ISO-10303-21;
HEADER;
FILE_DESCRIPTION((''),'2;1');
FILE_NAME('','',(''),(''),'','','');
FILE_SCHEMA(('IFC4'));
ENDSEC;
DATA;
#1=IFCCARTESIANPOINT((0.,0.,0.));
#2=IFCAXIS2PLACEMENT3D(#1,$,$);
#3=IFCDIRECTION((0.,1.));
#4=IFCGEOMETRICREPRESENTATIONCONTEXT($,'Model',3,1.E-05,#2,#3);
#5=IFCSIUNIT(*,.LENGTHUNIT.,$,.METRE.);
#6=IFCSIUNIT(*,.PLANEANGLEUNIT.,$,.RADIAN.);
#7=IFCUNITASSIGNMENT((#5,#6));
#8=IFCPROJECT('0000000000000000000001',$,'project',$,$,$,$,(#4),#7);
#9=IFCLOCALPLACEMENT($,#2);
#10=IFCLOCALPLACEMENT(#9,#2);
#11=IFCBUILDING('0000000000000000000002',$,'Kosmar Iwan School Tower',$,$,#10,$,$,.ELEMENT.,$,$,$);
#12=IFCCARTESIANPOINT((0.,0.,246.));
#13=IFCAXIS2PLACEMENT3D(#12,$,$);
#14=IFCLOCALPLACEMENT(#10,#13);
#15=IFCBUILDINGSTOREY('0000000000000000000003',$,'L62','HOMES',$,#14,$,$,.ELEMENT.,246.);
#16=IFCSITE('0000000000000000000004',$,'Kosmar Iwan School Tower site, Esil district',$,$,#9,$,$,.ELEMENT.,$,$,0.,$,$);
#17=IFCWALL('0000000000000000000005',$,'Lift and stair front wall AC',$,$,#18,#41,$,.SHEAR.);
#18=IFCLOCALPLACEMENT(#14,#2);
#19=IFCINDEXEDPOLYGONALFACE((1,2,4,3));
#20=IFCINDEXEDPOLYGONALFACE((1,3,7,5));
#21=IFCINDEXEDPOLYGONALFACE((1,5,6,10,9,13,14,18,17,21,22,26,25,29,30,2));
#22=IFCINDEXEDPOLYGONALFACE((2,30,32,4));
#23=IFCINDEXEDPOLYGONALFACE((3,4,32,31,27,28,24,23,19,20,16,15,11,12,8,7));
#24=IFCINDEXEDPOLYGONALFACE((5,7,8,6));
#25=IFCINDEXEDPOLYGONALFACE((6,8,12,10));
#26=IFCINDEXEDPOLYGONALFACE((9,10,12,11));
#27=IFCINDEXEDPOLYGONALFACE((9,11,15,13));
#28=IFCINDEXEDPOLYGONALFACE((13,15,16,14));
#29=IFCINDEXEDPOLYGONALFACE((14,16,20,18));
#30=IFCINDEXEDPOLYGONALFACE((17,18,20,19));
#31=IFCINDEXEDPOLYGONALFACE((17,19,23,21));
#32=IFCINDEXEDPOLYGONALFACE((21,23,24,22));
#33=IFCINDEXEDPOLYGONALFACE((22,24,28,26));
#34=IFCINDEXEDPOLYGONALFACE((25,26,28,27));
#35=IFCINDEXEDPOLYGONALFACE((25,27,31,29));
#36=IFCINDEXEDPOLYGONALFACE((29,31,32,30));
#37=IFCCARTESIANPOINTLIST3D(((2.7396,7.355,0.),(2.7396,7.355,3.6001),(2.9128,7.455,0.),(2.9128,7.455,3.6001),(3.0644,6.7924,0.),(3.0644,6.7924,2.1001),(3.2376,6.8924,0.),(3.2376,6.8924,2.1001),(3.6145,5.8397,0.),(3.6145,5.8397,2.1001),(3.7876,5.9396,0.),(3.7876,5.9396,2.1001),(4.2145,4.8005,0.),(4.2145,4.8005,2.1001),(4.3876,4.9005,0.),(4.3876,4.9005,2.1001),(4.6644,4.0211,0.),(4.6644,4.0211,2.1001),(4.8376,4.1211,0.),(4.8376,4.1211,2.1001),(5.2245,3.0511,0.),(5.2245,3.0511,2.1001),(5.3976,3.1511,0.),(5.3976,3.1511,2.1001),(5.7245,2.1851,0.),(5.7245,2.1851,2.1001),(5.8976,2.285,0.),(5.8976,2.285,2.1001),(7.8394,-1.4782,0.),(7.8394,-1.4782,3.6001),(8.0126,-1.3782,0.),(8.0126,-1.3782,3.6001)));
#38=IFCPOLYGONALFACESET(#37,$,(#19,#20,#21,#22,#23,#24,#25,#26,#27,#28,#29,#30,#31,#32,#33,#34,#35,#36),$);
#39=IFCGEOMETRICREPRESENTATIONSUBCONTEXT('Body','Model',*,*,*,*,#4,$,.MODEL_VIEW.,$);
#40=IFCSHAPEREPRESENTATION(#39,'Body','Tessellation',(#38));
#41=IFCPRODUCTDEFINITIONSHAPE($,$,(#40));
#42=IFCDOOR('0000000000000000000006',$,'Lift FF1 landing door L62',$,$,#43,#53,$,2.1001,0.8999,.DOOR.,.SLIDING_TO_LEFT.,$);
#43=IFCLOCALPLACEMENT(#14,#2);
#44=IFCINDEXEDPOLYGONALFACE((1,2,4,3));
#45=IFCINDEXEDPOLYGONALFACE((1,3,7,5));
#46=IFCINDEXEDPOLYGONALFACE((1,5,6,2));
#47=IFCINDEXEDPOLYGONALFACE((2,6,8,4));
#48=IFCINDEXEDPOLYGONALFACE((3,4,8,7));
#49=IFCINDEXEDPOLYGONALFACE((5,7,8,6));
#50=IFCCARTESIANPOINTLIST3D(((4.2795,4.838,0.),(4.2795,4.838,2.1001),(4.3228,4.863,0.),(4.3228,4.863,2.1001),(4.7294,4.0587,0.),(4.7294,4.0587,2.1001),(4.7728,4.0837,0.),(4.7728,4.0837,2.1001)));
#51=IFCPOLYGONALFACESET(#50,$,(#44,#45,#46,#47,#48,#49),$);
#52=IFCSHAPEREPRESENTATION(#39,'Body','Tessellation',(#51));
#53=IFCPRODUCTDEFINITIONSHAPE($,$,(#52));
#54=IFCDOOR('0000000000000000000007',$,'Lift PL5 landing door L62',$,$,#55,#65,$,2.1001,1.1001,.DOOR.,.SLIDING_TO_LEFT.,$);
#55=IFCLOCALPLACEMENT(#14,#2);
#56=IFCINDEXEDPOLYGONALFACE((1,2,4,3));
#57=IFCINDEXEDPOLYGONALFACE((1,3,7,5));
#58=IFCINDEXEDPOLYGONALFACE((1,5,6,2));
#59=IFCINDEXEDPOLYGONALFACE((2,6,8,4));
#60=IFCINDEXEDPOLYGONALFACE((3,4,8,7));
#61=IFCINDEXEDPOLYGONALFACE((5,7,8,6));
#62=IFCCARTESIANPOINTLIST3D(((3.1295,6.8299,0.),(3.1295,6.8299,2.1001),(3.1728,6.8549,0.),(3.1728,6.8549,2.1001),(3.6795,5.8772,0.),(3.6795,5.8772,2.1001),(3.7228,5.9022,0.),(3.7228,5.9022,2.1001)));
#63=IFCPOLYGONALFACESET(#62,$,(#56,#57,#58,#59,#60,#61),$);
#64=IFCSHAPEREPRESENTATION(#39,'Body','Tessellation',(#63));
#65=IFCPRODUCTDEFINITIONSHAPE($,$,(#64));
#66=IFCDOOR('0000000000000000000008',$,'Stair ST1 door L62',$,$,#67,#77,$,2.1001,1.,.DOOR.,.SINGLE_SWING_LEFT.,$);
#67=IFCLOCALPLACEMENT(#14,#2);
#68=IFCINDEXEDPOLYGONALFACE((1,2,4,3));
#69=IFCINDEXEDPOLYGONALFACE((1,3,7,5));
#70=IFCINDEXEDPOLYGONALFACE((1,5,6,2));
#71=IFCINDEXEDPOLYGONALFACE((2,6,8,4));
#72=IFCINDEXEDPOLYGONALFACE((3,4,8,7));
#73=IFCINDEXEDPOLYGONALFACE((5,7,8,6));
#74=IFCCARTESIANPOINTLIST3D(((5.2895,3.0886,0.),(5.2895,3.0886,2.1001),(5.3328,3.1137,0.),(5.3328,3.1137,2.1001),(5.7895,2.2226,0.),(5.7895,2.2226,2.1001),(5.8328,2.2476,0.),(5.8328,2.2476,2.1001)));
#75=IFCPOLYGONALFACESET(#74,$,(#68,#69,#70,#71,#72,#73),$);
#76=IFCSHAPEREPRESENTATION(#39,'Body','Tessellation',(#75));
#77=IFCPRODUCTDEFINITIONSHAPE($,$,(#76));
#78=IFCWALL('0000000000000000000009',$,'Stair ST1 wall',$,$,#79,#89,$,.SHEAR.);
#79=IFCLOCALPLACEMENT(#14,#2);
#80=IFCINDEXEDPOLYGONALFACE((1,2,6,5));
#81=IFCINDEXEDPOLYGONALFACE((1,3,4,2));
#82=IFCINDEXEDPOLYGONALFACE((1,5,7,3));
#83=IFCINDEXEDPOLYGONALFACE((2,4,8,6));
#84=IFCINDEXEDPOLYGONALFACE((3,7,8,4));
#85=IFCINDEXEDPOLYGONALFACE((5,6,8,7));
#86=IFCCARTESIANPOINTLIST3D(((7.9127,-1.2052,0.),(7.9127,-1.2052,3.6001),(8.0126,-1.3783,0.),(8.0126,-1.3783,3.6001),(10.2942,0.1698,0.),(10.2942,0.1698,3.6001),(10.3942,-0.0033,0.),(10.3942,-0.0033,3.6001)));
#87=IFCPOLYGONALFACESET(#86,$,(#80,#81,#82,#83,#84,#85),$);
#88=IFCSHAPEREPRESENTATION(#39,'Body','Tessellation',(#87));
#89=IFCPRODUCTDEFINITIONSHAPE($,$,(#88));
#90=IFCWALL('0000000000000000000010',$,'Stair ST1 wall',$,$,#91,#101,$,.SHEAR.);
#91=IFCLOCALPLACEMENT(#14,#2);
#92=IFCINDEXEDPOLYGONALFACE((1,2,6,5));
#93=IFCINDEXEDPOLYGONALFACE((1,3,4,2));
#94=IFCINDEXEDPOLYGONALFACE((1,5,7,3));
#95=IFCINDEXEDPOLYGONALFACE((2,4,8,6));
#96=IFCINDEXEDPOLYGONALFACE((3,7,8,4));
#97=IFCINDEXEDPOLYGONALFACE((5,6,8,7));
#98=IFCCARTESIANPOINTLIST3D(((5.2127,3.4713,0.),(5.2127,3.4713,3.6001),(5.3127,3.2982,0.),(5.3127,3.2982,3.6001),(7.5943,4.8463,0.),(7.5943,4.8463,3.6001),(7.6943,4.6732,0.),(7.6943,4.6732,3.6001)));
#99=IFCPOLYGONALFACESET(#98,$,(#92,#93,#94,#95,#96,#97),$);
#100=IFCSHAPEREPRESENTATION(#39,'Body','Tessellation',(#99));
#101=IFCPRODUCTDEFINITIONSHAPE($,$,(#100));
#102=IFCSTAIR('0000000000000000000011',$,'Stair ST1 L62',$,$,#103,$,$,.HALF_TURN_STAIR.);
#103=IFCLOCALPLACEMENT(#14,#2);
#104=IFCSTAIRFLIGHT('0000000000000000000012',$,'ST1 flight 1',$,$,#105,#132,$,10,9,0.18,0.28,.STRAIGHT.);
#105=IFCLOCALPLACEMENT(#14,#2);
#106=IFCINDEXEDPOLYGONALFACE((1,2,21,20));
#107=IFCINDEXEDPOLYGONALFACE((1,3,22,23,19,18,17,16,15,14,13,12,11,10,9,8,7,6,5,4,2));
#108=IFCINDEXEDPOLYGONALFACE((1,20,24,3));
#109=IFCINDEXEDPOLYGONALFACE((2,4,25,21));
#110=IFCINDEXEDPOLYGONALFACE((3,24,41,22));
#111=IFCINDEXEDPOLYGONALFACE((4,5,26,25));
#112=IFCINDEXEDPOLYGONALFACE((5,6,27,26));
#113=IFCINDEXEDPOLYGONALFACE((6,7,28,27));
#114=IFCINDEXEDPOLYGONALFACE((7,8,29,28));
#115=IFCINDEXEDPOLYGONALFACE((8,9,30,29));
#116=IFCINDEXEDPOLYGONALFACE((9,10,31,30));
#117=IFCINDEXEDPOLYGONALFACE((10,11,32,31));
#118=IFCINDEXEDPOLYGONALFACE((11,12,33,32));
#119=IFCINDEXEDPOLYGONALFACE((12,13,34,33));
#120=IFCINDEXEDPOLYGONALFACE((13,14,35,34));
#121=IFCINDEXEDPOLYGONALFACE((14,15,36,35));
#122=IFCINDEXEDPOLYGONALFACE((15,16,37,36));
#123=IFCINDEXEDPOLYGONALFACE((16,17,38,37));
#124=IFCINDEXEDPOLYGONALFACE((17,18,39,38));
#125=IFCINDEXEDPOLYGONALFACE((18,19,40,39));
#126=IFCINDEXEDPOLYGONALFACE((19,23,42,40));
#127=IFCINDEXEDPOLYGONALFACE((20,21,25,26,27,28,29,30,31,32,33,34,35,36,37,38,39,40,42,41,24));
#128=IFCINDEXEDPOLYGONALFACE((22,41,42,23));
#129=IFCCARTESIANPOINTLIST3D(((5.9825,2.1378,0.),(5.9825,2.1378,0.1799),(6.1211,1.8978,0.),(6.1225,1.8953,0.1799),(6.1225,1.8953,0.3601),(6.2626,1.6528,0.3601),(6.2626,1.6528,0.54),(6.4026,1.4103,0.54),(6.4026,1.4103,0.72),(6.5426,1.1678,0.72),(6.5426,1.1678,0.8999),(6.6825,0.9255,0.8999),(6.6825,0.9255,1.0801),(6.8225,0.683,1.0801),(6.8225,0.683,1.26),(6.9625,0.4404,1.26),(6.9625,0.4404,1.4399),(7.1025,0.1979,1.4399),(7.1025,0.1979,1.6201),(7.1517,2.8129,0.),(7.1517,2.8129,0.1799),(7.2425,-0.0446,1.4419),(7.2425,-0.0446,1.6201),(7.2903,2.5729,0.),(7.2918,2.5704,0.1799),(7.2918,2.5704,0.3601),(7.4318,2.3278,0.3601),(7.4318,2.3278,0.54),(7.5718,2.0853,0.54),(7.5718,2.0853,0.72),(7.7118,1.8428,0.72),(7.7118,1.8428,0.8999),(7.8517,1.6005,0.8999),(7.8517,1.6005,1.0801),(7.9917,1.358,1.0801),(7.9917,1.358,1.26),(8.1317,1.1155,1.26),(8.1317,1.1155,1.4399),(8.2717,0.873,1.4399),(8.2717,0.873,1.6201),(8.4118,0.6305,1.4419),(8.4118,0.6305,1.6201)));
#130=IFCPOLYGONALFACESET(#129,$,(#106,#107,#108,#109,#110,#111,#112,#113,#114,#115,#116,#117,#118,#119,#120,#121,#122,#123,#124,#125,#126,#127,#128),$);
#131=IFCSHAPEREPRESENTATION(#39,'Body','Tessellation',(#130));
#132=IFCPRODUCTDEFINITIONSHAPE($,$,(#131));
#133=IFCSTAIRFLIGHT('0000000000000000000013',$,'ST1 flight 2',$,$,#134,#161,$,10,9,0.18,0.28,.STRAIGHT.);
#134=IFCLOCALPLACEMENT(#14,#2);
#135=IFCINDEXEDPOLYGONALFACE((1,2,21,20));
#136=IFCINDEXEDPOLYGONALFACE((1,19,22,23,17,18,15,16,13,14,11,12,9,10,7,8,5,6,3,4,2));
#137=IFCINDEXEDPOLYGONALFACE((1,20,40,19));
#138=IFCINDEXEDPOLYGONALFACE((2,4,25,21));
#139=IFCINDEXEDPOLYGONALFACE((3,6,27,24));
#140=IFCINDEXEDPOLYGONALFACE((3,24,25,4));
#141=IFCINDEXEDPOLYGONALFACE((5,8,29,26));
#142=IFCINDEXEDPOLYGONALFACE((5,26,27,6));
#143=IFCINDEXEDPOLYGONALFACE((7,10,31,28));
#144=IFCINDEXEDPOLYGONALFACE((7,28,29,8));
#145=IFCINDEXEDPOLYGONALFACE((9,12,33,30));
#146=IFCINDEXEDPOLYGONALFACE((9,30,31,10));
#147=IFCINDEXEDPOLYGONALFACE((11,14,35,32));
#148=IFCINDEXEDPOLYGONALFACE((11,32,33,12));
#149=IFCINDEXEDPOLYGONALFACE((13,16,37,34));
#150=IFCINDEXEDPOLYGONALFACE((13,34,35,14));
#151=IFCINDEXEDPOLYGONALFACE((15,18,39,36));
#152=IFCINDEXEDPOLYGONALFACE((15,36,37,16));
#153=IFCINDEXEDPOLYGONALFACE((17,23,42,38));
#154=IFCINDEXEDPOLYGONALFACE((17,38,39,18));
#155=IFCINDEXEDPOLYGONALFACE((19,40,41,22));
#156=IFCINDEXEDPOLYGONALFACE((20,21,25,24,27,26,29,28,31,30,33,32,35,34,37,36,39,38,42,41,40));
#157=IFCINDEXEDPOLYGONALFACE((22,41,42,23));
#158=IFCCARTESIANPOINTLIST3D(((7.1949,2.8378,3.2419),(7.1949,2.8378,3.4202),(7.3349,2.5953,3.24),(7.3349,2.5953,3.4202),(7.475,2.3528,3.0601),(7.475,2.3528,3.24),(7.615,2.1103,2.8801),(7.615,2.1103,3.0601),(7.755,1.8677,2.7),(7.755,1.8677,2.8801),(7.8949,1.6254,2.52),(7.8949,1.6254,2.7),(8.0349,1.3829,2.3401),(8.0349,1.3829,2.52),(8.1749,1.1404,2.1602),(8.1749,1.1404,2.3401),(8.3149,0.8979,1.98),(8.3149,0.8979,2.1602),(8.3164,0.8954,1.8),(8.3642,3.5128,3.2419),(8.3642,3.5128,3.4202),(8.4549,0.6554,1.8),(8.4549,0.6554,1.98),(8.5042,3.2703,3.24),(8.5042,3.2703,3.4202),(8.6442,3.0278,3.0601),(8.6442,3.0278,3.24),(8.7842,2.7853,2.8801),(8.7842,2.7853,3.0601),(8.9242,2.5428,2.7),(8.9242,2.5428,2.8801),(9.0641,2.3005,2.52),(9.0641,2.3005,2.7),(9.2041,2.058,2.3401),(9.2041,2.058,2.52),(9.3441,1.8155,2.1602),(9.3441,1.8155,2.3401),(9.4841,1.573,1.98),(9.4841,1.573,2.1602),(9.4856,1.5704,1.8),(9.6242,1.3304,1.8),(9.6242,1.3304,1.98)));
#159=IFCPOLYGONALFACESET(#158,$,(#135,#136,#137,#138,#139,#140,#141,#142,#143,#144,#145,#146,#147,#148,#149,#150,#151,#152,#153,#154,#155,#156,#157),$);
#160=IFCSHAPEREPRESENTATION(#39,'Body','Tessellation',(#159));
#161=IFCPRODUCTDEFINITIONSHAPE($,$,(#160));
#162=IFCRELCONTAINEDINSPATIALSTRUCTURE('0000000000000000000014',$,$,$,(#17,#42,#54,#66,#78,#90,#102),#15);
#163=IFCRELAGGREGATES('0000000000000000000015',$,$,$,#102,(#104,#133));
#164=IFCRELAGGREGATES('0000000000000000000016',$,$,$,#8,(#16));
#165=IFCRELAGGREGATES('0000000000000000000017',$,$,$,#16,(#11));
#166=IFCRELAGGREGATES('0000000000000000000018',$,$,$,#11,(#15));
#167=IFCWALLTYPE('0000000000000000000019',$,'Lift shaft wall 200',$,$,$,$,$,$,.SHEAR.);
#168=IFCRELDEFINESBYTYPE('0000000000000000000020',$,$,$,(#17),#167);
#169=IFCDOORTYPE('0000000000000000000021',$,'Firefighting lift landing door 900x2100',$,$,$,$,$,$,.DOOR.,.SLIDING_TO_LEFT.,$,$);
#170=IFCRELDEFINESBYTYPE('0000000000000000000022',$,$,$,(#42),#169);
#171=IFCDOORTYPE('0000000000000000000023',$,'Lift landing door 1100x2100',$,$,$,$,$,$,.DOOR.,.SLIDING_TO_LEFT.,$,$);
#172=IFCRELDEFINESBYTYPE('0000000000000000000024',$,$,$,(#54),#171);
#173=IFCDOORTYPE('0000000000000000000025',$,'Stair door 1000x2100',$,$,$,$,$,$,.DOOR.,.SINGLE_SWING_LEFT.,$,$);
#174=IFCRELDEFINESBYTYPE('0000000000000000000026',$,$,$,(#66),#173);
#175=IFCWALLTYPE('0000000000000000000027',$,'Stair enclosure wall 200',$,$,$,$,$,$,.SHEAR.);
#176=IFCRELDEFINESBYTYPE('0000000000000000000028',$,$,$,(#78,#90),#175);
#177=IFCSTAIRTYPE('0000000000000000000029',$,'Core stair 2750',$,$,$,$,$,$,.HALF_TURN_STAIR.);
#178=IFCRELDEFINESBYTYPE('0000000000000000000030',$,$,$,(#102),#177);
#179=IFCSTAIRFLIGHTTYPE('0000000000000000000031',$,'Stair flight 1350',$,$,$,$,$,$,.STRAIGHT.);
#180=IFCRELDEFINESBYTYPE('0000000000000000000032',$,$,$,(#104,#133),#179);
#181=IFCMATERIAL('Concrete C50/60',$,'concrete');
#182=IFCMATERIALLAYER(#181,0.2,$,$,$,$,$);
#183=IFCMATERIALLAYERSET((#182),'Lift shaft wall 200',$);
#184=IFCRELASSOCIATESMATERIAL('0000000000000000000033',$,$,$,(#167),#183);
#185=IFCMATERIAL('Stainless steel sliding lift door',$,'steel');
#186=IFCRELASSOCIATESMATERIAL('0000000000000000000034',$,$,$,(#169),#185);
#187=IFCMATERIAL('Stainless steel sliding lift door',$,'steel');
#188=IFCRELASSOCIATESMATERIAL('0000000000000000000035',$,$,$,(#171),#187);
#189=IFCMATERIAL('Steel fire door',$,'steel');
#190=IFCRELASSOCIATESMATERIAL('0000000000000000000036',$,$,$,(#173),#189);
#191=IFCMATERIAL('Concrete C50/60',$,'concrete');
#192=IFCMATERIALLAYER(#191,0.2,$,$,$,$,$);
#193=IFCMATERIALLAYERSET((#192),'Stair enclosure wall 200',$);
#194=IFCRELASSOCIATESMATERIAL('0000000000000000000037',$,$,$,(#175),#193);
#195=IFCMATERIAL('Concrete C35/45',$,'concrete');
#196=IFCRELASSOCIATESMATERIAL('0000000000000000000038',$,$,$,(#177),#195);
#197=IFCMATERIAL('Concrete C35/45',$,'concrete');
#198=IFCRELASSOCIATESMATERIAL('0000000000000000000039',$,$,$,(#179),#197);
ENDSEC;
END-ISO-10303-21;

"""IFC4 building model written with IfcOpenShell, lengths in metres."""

from ifc_helpers import new_model, si_unit, direction, frame, frame_2d, origin, place, context, subcontext, project, spatial, polyline, rectangle, outline, extrude, material, layer, layer_set, type_object, element, fill, aggregate, save


model = new_model("IFC4")

# Units and contexts
model_context = context("Model", 3, precision=1e-05, world=origin(), true_north=direction((0.0, 1.0)))
body_context = subcontext(model_context, "Body", "Model", "MODEL_VIEW")
ifc_project = project(units=[si_unit("LENGTHUNIT", "METRE"), si_unit("PLANEANGLEUNIT", "RADIAN")], contexts=[model_context])

# Site, building, storey
site_placement = place(None, origin())
site = spatial("IfcSite", under=ifc_project, at=site_placement, Name="Kosmar Iwan School Tower site, Esil district", CompositionType="ELEMENT", RefElevation=0.0)
building_placement = place(site_placement, origin())
building = spatial("IfcBuilding", under=site, at=building_placement, Name="Kosmar Iwan School Tower", CompositionType="ELEMENT")
storey_placement = place(building_placement, frame((0.0, 0.0, 246.0)))
storey = spatial("IfcBuildingStorey", under=building, at=storey_placement, Name="L62", Description="HOMES", CompositionType="ELEMENT", Elevation=246.0)

# Wall, openings, doors
ifc_material_1 = material(Name="Concrete C50/60", Category="concrete")
ifc_layer_1 = layer(ifc_material_1, 0.2)
ifc_layer_set_1 = layer_set([ifc_layer_1], Name="Lift shaft wall 200")
wall_type_1 = type_object("IfcWallType", Name="Lift shaft wall 200", PredefinedType="SHEAR", material=ifc_layer_set_1)
wall_1_placement = place(storey_placement, frame((7.926, -1.4282, 0.0), z_axis=(0.0, 0.0, 1.0), x_axis=(-0.499998, 0.866027, 0.0)))
wall_1 = element("IfcWall", 1, at=wall_1_placement, inside=storey, type_object=wall_type_1, Name="Lift and stair front wall AC", PredefinedType="SHEAR", context=body_context, shape_type="SweptSolid", body=[
    extrude(rectangle(XDim=10.1997, YDim=0.2, at=frame_2d((5.0999, 0.0))), origin(), (0.0, 0.0, 1.0), 3.6001),
])
opening_1_placement = place(wall_1_placement, frame((6.3501, 0.0, 0.0)))
opening_1 = element("IfcOpeningElement", 2, at=opening_1_placement, cuts=wall_1, PredefinedType="OPENING", context=body_context, shape_type="SweptSolid", body=[
    extrude(rectangle(XDim=0.8999, YDim=2.1001, at=frame_2d((0.45, 1.05))), frame((0.0, 0.1121, 0.0), z_axis=(0.0, -1.0, 0.0), x_axis=(1.0, 0.0, 0.0)), (0.0, 0.0, 1.0), 0.2239),
])
opening_2_placement = place(wall_1_placement, frame((8.45, 0.0, 0.0)))
opening_2 = element("IfcOpeningElement", 3, at=opening_2_placement, cuts=wall_1, PredefinedType="OPENING", context=body_context, shape_type="SweptSolid", body=[
    extrude(rectangle(XDim=1.1001, YDim=2.1001, at=frame_2d((0.55, 1.05))), frame((0.0, 0.1121, 0.0), z_axis=(0.0, -1.0, 0.0), x_axis=(1.0, 0.0, 0.0)), (0.0, 0.0, 1.0), 0.2239),
])
opening_3_placement = place(wall_1_placement, frame((4.23, 0.0, 0.0)))
opening_3 = element("IfcOpeningElement", 4, at=opening_3_placement, cuts=wall_1, PredefinedType="OPENING", context=body_context, shape_type="SweptSolid", body=[
    extrude(rectangle(XDim=1.0, YDim=2.1001, at=frame_2d((0.5, 1.05))), frame((0.0, 0.1121, 0.0), z_axis=(0.0, -1.0, 0.0), x_axis=(1.0, 0.0, 0.0)), (0.0, 0.0, 1.0), 0.2239),
])
ifc_material_2 = material(Name="Stainless steel sliding lift door", Category="steel")
door_type_1 = type_object("IfcDoorType", Name="Firefighting lift landing door 900x2100", OperationType="SLIDING_TO_LEFT", PredefinedType="DOOR", material=ifc_material_2)
door_1_placement = place(opening_1_placement, origin())
door_1 = element("IfcDoor", 5, at=door_1_placement, inside=storey, type_object=door_type_1, Name="Lift FF1 landing door L62", OperationType="SLIDING_TO_LEFT", OverallHeight=2.1001, OverallWidth=0.8999, PredefinedType="DOOR", context=body_context, shape_type="SweptSolid", body=[
    extrude(rectangle(XDim=0.8999, YDim=2.1001, at=frame_2d((0.45, 1.05))), frame((0.0, 0.0249, 0.0), z_axis=(0.0, -1.0, 0.0), x_axis=(1.0, 0.0, 0.0)), (0.0, 0.0, 1.0), 0.05),
])
fill(opening_1, door_1)
ifc_material_3 = material(Name="Stainless steel sliding lift door", Category="steel")
door_type_2 = type_object("IfcDoorType", Name="Lift landing door 1100x2100", OperationType="SLIDING_TO_LEFT", PredefinedType="DOOR", material=ifc_material_3)
door_2_placement = place(opening_2_placement, origin())
door_2 = element("IfcDoor", 6, at=door_2_placement, inside=storey, type_object=door_type_2, Name="Lift PL5 landing door L62", OperationType="SLIDING_TO_LEFT", OverallHeight=2.1001, OverallWidth=1.1001, PredefinedType="DOOR", context=body_context, shape_type="SweptSolid", body=[
    extrude(rectangle(XDim=1.1001, YDim=2.1001, at=frame_2d((0.55, 1.05))), frame((0.0, 0.0249, 0.0), z_axis=(0.0, -1.0, 0.0), x_axis=(1.0, 0.0, 0.0)), (0.0, 0.0, 1.0), 0.05),
])
fill(opening_2, door_2)
ifc_material_4 = material(Name="Steel fire door", Category="steel")
door_type_3 = type_object("IfcDoorType", Name="Stair door 1000x2100", OperationType="SINGLE_SWING_LEFT", PredefinedType="DOOR", material=ifc_material_4)
door_3_placement = place(opening_3_placement, origin())
door_3 = element("IfcDoor", 7, at=door_3_placement, inside=storey, type_object=door_type_3, Name="Stair ST1 door L62", OperationType="SINGLE_SWING_LEFT", OverallHeight=2.1001, OverallWidth=1.0, PredefinedType="DOOR", context=body_context, shape_type="SweptSolid", body=[
    extrude(rectangle(XDim=1.0, YDim=2.1001, at=frame_2d((0.5, 1.05))), frame((0.0, 0.0249, 0.0), z_axis=(0.0, -1.0, 0.0), x_axis=(1.0, 0.0, 0.0)), (0.0, 0.0, 1.0), 0.05),
])
fill(opening_3, door_3)

# Walls
ifc_material_5 = material(Name="Concrete C50/60", Category="concrete")
ifc_layer_2 = layer(ifc_material_5, 0.2)
ifc_layer_set_2 = layer_set([ifc_layer_2], Name="Stair enclosure wall 200")
wall_type_2 = type_object("IfcWallType", Name="Stair enclosure wall 200", PredefinedType="SHEAR", material=ifc_layer_set_2)
for number, where, z_axis, x_axis, name in (
    (8, (7.9626, -1.2917, 0.0), (0.0, 0.0, 1.0), (0.866027, 0.499997, 0.0), "Stair ST1 wall"),
    (9, (5.2627, 3.3848, 0.0), (0.0, 0.0, 1.0), (0.866027, 0.499997, 0.0), "Stair ST1 wall"),
):
    element("IfcWall", number, at=place(storey_placement, frame(where, z_axis=z_axis, x_axis=x_axis)), inside=storey, type_object=wall_type_2, Name=name, PredefinedType="SHEAR", context=body_context, shape_type="SweptSolid", body=[
        extrude(rectangle(XDim=2.75, YDim=0.2, at=frame_2d((1.375, 0.0))), origin(), (0.0, 0.0, 1.0), 3.6001),
    ])

# Stair, stair flights
ifc_material_6 = material(Name="Concrete C35/45", Category="concrete")
stair_type = type_object("IfcStairType", Name="Core stair 2750", PredefinedType="HALF_TURN_STAIR", material=ifc_material_6)
stair_placement = place(storey_placement, origin())
stair = element("IfcStair", 10, at=stair_placement, inside=storey, type_object=stair_type, Name="Stair ST1 L62", PredefinedType="HALF_TURN_STAIR")
ifc_material_7 = material(Name="Concrete C35/45", Category="concrete")
stair_flight_type = type_object("IfcStairFlightType", Name="Stair flight 1350", PredefinedType="STRAIGHT", material=ifc_material_7)
stair_flight_1_placement = place(storey_placement, frame((6.5671, 2.4753, 0.0), z_axis=(0.0, 0.0, 1.0), x_axis=(0.5, -0.866025, 0.0)))
stair_flight_1 = element("IfcStairFlight", 11, at=stair_flight_1_placement, type_object=stair_flight_type, Name="ST1 flight 1", NumberOfRisers=10, NumberOfTreads=9, PredefinedType="STRAIGHT", RiserHeight=0.18, TreadLength=0.28, context=body_context, shape_type="SweptSolid", body=[
    extrude(outline(polyline([(0.0, 0.0), (0.0, 0.1799), (0.28, 0.1799), (0.28, 0.3601), (0.5601, 0.3601), (0.5601, 0.54), (0.8401, 0.54), (0.8401, 0.72), (1.1201, 0.72), (1.1201, 0.8999), (1.3999, 0.8999), (1.3999, 1.0801), (1.6799, 1.0801), (1.6799, 1.26), (1.96, 1.26), (1.96, 1.4399), (2.24, 1.4399), (2.24, 1.6201), (2.52, 1.6201), (2.52, 1.8), (2.52, 1.4419), (0.2771, 0.0), (0.0, 0.0)])), frame((0.0, 0.675, 0.0), z_axis=(0.0, -1.0, 0.0), x_axis=(1.0, 0.0, 0.0)), (0.0, 0.0, 1.0), 1.3501),
])
stair_flight_2_placement = place(storey_placement, frame((9.0396, 0.9929, 1.8), z_axis=(0.0, 0.0, 1.0), x_axis=(-0.5, 0.866025, 0.0)))
stair_flight_2 = element("IfcStairFlight", 12, at=stair_flight_2_placement, type_object=stair_flight_type, Name="ST1 flight 2", NumberOfRisers=10, NumberOfTreads=9, PredefinedType="STRAIGHT", RiserHeight=0.18, TreadLength=0.28, context=body_context, shape_type="SweptSolid", body=[
    extrude(outline(polyline([(0.0, 0.0), (0.0, 0.1799), (0.28, 0.1799), (0.28, 0.3601), (0.5601, 0.3601), (0.5601, 0.54), (0.8401, 0.54), (0.8401, 0.72), (1.1201, 0.72), (1.1201, 0.8999), (1.3999, 0.8999), (1.3999, 1.0801), (1.6799, 1.0801), (1.6799, 1.26), (1.96, 1.26), (1.96, 1.4399), (2.24, 1.4399), (2.24, 1.6201), (2.52, 1.6201), (2.52, 1.8), (2.52, 1.4419), (0.2771, 0.0), (0.0, 0.0)])), frame((0.0, 0.675, 0.0), z_axis=(0.0, -1.0, 0.0), x_axis=(1.0, 0.0, 0.0)), (0.0, 0.0, 1.0), 1.3501),
])
aggregate(stair, [stair_flight_1, stair_flight_2])

save(model, "model.ifc")
